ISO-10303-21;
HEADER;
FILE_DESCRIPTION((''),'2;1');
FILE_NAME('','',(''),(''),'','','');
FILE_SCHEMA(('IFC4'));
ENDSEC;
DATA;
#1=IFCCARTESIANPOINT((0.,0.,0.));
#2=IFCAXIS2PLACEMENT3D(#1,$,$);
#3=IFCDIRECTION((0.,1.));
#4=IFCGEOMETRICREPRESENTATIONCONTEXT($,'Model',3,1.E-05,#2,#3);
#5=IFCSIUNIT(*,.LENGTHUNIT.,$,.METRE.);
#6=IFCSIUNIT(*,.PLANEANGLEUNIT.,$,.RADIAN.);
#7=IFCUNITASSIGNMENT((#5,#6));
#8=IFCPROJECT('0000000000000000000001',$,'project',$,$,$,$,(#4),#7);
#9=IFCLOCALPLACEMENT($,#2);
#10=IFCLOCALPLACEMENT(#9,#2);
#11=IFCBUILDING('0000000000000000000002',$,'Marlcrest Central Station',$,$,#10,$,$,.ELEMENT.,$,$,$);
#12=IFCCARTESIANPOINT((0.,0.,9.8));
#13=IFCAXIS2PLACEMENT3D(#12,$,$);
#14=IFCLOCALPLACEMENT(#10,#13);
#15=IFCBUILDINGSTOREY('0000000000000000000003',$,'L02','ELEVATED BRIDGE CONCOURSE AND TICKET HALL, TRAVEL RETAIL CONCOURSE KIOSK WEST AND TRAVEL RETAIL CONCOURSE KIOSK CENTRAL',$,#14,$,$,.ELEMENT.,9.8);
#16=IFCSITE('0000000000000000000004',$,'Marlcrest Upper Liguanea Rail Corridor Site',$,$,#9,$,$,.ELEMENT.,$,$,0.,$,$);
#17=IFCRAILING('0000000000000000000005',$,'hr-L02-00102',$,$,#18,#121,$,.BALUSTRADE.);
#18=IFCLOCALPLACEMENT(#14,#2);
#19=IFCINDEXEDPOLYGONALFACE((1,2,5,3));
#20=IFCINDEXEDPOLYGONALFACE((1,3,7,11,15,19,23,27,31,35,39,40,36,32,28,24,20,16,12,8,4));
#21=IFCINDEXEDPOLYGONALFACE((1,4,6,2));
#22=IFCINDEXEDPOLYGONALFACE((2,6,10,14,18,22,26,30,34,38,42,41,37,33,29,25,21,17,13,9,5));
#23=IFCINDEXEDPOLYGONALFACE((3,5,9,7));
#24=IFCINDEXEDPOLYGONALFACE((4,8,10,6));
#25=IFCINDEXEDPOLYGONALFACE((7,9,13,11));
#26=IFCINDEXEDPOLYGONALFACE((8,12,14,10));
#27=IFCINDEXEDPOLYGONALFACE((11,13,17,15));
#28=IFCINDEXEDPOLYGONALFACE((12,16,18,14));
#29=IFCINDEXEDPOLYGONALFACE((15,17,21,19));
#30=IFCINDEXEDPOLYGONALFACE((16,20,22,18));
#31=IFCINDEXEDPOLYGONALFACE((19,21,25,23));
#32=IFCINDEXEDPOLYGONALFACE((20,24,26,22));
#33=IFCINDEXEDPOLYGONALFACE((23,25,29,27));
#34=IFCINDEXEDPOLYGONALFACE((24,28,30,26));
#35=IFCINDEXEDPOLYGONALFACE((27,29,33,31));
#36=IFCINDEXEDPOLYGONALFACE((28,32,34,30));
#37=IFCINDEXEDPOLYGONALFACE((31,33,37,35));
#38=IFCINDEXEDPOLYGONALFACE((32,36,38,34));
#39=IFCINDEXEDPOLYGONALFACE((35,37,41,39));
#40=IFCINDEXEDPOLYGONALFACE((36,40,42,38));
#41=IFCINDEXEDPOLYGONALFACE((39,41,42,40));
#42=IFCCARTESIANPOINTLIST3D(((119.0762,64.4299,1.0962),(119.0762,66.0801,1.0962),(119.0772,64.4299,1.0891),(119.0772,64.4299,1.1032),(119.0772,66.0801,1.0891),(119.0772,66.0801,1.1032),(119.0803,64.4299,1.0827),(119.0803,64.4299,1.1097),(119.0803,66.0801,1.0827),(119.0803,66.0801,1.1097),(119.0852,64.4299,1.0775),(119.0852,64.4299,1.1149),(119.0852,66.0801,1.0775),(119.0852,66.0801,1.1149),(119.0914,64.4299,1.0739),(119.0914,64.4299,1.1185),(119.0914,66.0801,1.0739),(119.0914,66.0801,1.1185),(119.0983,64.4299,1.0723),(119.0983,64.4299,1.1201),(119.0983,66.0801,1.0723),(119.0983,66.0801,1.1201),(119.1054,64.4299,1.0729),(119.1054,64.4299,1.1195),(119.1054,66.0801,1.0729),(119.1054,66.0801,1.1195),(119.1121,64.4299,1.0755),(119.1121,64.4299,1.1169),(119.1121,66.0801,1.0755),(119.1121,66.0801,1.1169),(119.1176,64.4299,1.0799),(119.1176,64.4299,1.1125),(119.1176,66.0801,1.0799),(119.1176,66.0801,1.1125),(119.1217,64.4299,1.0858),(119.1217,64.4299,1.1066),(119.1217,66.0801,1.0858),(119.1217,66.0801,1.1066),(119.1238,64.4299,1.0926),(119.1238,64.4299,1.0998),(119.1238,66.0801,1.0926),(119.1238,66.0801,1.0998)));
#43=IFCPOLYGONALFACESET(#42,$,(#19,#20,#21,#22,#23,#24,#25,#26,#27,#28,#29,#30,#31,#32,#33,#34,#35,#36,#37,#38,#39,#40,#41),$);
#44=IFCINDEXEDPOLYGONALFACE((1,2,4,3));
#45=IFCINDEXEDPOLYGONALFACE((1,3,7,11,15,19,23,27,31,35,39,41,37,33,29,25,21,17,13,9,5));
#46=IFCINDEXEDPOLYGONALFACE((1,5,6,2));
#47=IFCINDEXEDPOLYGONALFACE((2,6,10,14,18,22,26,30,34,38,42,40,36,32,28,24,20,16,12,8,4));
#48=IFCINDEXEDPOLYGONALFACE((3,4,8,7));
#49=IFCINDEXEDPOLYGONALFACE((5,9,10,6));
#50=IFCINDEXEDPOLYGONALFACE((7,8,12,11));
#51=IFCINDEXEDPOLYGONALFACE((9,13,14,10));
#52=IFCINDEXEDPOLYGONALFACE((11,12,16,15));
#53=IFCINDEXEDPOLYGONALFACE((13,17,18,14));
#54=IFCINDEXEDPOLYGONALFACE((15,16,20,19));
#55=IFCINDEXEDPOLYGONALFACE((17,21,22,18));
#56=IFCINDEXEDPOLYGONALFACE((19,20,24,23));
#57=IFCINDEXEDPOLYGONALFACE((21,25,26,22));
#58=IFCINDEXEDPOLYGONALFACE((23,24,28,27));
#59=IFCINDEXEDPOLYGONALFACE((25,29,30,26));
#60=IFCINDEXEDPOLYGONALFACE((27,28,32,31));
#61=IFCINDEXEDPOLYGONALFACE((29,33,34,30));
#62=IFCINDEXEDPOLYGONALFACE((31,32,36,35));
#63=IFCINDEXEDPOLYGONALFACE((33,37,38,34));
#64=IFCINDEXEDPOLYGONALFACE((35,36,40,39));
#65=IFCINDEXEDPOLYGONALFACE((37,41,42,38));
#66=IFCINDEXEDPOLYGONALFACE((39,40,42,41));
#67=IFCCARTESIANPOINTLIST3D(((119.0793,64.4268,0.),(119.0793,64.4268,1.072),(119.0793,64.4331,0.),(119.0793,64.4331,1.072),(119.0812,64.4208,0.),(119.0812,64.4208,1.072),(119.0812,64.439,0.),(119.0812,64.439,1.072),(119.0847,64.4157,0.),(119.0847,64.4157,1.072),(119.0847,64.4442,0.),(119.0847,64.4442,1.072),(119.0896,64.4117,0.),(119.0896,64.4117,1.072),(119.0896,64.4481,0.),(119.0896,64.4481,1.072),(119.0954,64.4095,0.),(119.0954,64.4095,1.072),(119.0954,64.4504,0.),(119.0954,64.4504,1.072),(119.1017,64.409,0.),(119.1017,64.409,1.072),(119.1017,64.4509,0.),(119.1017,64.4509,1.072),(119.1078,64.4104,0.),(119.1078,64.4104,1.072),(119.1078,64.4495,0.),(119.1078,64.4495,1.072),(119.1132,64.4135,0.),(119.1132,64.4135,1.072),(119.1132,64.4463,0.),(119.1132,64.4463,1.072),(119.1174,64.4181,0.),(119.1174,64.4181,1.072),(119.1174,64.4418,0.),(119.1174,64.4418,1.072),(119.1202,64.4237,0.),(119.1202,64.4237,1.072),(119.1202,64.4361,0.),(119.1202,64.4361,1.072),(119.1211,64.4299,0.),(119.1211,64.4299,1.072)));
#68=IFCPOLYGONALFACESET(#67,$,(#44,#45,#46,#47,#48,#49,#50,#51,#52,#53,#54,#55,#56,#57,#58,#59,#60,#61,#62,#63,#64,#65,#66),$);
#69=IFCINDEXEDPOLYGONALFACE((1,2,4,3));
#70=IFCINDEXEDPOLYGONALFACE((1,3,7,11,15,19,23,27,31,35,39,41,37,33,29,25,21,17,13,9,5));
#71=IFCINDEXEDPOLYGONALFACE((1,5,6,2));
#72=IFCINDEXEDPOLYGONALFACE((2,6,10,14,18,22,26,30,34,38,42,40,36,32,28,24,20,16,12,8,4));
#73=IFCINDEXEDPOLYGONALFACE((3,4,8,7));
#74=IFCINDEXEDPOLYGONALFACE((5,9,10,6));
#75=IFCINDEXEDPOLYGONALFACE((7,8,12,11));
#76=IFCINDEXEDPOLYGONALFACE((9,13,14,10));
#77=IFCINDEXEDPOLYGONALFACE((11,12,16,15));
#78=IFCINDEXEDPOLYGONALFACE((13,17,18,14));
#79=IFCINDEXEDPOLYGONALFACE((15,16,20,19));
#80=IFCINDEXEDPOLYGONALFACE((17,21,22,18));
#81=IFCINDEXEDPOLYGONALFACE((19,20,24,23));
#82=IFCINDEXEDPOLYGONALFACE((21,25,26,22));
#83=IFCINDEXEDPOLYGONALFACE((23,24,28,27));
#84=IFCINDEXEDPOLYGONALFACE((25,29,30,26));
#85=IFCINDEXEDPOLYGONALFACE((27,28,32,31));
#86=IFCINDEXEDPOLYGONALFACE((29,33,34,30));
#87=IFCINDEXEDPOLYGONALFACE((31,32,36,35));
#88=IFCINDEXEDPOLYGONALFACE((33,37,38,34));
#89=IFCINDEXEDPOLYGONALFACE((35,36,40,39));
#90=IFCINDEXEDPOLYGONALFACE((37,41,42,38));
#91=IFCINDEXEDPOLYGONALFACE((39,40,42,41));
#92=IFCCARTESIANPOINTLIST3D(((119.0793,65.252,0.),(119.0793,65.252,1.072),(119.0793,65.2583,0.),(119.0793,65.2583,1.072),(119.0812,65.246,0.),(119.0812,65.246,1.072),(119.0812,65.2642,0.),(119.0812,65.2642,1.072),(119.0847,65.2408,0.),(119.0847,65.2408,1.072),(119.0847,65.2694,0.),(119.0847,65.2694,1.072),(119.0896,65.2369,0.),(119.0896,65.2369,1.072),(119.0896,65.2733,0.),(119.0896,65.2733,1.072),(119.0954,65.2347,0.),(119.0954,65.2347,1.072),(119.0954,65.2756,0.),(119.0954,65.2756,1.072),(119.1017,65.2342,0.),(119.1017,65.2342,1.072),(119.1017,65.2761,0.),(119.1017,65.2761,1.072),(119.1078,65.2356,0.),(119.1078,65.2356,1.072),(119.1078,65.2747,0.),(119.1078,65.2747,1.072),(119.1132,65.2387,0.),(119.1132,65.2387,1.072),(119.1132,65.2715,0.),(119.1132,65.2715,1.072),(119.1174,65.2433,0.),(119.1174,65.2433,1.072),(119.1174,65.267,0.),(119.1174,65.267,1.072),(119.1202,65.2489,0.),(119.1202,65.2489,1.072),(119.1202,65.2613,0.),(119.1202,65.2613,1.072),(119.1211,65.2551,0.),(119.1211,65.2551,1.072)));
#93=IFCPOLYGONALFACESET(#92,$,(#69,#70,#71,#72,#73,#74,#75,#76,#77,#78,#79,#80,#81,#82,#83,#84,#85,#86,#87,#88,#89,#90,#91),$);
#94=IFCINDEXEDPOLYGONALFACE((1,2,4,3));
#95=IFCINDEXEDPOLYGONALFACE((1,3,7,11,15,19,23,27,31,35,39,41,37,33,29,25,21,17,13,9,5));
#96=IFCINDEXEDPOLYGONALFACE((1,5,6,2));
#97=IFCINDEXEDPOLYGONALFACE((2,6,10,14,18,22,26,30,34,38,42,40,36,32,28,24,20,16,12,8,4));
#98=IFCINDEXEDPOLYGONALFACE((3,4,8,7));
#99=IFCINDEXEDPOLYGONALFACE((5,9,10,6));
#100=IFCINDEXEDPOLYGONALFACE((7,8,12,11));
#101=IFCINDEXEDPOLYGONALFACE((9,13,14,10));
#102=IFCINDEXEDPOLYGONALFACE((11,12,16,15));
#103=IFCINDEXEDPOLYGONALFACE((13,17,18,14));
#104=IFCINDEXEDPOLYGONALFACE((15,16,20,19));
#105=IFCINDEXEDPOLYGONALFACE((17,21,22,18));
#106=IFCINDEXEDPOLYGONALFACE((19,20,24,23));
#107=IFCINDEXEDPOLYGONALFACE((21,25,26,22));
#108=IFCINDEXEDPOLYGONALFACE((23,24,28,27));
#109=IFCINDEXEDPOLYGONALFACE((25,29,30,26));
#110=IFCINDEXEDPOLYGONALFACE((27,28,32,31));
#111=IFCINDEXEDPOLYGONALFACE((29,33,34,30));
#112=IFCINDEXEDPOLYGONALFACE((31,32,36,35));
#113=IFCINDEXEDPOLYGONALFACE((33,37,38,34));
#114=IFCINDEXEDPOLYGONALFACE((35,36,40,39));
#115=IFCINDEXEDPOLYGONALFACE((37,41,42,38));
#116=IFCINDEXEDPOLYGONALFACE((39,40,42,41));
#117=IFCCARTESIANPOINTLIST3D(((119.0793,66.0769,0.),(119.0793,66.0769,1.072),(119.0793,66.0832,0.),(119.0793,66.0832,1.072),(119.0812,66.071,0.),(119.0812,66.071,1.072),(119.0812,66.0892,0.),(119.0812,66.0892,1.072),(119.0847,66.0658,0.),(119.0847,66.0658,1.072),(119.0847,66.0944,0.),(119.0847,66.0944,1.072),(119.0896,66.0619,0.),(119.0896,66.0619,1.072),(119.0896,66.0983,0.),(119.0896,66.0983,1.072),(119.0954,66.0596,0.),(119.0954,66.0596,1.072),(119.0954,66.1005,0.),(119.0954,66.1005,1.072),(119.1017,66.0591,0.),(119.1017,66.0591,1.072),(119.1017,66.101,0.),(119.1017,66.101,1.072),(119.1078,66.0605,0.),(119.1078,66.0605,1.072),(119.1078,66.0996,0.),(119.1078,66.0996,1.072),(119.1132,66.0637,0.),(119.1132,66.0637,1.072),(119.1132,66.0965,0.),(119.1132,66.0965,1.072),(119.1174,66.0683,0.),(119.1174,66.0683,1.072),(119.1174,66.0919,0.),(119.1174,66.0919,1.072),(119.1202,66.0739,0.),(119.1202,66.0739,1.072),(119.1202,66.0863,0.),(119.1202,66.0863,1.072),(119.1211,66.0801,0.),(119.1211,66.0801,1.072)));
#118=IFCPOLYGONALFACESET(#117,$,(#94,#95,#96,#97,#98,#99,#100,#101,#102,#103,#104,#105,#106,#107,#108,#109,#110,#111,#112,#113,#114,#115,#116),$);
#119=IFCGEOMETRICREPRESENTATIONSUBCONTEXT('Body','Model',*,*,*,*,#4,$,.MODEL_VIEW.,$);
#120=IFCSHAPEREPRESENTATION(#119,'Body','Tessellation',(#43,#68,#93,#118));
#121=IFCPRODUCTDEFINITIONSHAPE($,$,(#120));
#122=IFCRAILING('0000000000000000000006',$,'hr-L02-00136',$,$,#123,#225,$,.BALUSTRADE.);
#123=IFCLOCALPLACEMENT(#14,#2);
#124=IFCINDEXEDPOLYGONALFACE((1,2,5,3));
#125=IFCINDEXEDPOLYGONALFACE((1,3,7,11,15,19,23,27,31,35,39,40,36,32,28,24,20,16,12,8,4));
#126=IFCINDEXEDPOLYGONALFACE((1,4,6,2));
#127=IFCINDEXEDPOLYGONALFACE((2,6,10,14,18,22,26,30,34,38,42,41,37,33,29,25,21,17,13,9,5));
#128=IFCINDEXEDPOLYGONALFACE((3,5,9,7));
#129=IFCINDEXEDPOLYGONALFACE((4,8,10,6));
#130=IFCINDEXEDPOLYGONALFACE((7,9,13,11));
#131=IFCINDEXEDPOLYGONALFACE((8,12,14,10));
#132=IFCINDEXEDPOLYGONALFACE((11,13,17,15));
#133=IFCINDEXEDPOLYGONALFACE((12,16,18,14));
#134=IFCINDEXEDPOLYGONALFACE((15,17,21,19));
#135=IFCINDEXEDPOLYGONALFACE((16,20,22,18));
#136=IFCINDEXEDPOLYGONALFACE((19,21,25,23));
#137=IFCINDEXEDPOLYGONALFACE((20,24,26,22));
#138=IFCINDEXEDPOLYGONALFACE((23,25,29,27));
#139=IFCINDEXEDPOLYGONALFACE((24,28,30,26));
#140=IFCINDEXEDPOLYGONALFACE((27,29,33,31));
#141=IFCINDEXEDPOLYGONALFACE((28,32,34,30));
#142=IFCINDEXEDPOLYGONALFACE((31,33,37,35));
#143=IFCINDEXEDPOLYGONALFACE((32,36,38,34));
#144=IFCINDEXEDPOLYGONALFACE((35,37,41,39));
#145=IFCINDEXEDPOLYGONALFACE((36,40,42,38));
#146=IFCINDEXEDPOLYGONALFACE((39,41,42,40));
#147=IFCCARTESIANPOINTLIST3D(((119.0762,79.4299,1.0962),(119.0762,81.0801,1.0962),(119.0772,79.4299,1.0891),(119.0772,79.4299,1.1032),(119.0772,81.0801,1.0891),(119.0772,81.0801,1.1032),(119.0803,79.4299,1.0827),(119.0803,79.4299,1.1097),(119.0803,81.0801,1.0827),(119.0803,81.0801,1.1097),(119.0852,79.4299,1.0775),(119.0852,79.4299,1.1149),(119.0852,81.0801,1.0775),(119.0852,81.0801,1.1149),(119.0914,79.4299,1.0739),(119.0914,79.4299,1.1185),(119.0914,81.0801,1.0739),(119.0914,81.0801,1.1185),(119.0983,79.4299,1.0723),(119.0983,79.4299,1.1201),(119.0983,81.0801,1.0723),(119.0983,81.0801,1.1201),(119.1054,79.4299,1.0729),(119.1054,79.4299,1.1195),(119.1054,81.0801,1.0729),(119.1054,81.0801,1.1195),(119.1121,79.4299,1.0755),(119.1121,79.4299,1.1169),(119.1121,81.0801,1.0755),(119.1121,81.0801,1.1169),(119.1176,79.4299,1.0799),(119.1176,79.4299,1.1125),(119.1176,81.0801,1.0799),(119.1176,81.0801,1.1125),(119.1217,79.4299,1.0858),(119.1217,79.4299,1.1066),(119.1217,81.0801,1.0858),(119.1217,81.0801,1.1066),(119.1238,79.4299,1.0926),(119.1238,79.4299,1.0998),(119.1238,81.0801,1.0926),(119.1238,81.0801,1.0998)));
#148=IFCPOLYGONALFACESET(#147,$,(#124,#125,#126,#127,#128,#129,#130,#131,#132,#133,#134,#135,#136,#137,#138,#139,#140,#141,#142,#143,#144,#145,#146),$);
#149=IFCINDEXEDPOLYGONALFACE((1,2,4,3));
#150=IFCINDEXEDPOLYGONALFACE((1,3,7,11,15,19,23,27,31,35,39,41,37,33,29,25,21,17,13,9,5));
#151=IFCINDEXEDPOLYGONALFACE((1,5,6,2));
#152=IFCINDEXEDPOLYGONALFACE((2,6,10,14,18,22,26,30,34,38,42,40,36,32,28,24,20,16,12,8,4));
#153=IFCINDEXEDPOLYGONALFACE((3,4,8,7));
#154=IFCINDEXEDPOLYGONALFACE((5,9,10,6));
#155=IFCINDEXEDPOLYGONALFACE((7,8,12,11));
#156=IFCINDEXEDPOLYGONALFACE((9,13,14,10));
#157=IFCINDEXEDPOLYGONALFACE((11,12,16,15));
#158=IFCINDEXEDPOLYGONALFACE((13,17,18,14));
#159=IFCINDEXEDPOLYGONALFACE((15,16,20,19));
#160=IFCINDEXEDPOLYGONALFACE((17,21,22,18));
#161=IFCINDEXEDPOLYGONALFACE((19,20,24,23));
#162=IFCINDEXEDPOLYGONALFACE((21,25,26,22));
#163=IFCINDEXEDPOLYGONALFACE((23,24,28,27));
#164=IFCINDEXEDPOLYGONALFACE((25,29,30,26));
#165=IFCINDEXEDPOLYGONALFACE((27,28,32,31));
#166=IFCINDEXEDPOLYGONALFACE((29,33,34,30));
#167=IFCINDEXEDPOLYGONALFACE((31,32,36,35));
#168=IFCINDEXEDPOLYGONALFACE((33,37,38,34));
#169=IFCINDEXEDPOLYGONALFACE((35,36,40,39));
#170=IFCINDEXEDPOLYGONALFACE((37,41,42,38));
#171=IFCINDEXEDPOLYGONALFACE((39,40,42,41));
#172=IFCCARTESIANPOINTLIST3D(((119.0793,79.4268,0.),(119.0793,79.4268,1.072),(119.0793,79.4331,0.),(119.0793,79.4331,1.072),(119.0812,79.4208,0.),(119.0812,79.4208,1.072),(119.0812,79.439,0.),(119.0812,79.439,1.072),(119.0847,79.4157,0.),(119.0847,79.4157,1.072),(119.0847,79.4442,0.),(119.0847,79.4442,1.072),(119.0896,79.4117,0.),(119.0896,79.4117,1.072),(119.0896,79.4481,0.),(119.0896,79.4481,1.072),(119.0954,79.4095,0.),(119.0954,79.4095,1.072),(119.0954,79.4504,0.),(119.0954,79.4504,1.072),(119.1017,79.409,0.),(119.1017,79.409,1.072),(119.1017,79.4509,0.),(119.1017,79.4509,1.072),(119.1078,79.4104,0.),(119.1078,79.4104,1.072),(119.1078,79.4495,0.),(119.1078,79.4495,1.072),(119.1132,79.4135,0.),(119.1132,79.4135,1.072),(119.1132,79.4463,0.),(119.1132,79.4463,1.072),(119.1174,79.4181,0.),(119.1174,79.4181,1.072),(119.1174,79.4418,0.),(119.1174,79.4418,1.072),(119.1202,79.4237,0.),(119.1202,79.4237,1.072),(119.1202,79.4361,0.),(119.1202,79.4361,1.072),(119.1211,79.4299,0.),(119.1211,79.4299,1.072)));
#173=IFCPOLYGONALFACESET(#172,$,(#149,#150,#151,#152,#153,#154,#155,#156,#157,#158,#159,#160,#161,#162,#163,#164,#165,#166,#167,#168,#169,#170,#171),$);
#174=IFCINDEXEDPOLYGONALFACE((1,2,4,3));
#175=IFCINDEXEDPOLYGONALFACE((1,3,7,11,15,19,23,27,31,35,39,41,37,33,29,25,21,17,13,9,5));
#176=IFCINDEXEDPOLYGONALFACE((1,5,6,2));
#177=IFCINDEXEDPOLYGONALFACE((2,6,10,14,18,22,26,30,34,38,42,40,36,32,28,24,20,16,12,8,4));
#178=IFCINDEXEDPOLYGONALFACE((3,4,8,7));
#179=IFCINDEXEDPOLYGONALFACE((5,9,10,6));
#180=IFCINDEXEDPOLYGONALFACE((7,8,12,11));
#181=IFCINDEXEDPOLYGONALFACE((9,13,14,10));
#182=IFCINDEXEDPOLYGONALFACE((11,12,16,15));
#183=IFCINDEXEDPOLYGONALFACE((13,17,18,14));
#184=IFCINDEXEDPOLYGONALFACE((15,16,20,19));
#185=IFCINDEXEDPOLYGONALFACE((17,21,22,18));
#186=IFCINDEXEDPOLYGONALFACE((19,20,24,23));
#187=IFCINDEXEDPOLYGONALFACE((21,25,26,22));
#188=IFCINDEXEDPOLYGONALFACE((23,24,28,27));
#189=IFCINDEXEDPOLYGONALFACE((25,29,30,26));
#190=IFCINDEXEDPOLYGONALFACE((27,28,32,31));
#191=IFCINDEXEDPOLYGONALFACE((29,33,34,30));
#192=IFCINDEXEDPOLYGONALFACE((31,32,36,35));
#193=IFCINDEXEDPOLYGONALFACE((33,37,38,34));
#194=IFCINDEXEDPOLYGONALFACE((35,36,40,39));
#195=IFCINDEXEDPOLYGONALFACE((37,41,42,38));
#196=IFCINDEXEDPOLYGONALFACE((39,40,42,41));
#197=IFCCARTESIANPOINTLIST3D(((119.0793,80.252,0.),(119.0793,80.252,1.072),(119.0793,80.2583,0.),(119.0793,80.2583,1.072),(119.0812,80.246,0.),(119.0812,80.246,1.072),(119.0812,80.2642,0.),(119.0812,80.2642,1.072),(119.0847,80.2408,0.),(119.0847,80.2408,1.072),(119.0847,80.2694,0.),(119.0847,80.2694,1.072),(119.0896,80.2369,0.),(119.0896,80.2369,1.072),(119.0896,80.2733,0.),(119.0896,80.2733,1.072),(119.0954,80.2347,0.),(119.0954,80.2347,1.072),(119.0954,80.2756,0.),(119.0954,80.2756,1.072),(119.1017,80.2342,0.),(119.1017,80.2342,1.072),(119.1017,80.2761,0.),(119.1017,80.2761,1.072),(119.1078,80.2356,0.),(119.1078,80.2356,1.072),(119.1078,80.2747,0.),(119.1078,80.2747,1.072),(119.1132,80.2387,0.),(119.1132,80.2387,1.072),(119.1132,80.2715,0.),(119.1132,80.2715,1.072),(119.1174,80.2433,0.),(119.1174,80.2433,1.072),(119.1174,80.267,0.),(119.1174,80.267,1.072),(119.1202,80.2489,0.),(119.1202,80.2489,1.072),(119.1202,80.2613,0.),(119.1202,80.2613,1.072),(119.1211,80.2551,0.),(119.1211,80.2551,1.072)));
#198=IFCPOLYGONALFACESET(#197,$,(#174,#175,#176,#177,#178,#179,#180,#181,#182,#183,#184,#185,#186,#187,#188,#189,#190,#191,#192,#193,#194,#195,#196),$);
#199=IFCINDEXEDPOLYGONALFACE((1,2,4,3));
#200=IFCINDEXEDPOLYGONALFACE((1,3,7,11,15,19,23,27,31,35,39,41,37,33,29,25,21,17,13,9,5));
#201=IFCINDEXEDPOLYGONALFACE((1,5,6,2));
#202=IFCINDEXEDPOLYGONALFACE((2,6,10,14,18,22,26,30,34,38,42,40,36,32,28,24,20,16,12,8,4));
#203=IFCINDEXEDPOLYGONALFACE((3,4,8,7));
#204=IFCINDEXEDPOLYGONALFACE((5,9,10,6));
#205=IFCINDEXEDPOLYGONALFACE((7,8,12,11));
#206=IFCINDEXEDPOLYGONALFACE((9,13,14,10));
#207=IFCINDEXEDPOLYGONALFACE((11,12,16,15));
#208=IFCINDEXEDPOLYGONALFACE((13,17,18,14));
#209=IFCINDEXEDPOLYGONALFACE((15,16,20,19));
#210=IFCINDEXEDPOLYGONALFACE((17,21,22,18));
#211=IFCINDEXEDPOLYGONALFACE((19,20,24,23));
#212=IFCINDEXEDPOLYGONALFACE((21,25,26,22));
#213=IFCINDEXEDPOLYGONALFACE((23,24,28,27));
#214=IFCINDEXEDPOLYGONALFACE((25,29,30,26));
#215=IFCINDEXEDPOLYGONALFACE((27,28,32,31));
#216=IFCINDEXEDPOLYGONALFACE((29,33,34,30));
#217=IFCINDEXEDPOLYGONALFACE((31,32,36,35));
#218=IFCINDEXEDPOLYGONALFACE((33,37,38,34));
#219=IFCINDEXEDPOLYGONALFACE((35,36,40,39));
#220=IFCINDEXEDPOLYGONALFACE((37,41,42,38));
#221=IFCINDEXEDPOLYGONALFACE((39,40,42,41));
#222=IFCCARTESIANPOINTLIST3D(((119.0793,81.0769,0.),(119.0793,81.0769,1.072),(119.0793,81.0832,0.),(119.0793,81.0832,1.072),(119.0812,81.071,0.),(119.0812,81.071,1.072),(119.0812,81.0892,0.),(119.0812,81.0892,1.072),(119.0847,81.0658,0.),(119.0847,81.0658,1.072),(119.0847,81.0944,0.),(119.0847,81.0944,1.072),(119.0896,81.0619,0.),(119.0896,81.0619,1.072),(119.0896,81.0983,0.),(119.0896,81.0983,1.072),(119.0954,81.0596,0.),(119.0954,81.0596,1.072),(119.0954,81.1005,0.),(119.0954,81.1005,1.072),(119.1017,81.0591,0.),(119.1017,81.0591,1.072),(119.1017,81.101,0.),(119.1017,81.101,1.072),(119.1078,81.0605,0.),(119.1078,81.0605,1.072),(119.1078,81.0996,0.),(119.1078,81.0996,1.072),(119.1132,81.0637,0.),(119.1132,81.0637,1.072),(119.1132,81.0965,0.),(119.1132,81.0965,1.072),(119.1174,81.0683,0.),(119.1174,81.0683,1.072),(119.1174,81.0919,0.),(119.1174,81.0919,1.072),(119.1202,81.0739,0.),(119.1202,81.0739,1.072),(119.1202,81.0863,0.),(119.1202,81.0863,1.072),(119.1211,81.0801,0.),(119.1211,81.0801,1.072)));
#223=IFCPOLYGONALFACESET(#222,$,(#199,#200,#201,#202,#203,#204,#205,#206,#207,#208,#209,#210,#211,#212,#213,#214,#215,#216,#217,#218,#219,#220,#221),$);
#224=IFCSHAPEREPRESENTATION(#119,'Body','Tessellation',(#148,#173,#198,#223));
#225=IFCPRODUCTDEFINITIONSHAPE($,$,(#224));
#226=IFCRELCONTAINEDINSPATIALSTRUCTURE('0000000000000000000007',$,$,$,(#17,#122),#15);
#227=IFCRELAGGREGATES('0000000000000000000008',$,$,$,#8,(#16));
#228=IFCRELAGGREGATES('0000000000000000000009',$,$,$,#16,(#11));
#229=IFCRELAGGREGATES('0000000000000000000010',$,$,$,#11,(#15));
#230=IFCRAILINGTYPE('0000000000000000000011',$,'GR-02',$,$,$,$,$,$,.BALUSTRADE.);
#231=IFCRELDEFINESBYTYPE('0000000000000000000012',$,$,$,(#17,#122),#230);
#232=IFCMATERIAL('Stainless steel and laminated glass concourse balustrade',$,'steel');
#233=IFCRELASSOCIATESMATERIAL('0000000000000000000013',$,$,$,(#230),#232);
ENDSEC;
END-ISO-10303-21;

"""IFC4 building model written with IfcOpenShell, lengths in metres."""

from ifc_helpers import new_model, si_unit, direction, frame, origin, origin_2d, place, context, subcontext, project, spatial, circle, extrude, material, type_object, element, save


model = new_model("IFC4")

# Units and contexts
model_context = context("Model", 3, precision=1e-05, world=origin(), true_north=direction((0.0, 1.0)))
body_context = subcontext(model_context, "Body", "Model", "MODEL_VIEW")
ifc_project = project(units=[si_unit("LENGTHUNIT", "METRE"), si_unit("PLANEANGLEUNIT", "RADIAN")], contexts=[model_context])

# Site, building, storey
site_placement = place(None, origin())
site = spatial("IfcSite", under=ifc_project, at=site_placement, Name="Marlcrest Upper Liguanea Rail Corridor Site", CompositionType="ELEMENT", RefElevation=0.0)
building_placement = place(site_placement, origin())
building = spatial("IfcBuilding", under=site, at=building_placement, Name="Marlcrest Central Station", CompositionType="ELEMENT")
storey_placement = place(building_placement, frame((0.0, 0.0, 9.8)))
storey = spatial("IfcBuildingStorey", under=building, at=storey_placement, Name="L02", Description="ELEVATED BRIDGE CONCOURSE AND TICKET HALL, TRAVEL RETAIL CONCOURSE KIOSK WEST AND TRAVEL RETAIL CONCOURSE KIOSK CENTRAL", CompositionType="ELEMENT", Elevation=9.8)

# Railings
ifc_material_1 = material(Name="Stainless steel and laminated glass concourse balustrade", Category="steel")
railing_type = type_object("IfcRailingType", Name="GR-02", PredefinedType="BALUSTRADE", material=ifc_material_1)
for number, where, name in (
    (1, (119.1001, 64.4299, 0.0), "hr-L02-00102"),
    (2, (119.1001, 79.4299, 0.0), "hr-L02-00136"),
):
    element("IfcRailing", number, at=place(storey_placement, frame(where)), inside=storey, type_object=railing_type, Name=name, PredefinedType="BALUSTRADE", context=body_context, shape_type="SweptSolid", body=[
        extrude(circle(Radius=0.0239, at=origin_2d()), frame((0.0, 0.0, 1.0962), z_axis=(0.0, 1.0, 0.0), x_axis=(-1.0, 0.0, 0.0)), (0.0, 0.0, 1.0), 1.6501),
        extrude(circle(Radius=0.021, at=origin_2d()), origin(), (0.0, 0.0, 1.0), 1.072),
        extrude(circle(Radius=0.021, at=origin_2d()), frame((0.0, 0.8252, 0.0)), (0.0, 0.0, 1.0), 1.072),
        extrude(circle(Radius=0.021, at=origin_2d()), frame((0.0, 1.6501, 0.0)), (0.0, 0.0, 1.0), 1.072),
    ])

save(model, "model.ifc")
